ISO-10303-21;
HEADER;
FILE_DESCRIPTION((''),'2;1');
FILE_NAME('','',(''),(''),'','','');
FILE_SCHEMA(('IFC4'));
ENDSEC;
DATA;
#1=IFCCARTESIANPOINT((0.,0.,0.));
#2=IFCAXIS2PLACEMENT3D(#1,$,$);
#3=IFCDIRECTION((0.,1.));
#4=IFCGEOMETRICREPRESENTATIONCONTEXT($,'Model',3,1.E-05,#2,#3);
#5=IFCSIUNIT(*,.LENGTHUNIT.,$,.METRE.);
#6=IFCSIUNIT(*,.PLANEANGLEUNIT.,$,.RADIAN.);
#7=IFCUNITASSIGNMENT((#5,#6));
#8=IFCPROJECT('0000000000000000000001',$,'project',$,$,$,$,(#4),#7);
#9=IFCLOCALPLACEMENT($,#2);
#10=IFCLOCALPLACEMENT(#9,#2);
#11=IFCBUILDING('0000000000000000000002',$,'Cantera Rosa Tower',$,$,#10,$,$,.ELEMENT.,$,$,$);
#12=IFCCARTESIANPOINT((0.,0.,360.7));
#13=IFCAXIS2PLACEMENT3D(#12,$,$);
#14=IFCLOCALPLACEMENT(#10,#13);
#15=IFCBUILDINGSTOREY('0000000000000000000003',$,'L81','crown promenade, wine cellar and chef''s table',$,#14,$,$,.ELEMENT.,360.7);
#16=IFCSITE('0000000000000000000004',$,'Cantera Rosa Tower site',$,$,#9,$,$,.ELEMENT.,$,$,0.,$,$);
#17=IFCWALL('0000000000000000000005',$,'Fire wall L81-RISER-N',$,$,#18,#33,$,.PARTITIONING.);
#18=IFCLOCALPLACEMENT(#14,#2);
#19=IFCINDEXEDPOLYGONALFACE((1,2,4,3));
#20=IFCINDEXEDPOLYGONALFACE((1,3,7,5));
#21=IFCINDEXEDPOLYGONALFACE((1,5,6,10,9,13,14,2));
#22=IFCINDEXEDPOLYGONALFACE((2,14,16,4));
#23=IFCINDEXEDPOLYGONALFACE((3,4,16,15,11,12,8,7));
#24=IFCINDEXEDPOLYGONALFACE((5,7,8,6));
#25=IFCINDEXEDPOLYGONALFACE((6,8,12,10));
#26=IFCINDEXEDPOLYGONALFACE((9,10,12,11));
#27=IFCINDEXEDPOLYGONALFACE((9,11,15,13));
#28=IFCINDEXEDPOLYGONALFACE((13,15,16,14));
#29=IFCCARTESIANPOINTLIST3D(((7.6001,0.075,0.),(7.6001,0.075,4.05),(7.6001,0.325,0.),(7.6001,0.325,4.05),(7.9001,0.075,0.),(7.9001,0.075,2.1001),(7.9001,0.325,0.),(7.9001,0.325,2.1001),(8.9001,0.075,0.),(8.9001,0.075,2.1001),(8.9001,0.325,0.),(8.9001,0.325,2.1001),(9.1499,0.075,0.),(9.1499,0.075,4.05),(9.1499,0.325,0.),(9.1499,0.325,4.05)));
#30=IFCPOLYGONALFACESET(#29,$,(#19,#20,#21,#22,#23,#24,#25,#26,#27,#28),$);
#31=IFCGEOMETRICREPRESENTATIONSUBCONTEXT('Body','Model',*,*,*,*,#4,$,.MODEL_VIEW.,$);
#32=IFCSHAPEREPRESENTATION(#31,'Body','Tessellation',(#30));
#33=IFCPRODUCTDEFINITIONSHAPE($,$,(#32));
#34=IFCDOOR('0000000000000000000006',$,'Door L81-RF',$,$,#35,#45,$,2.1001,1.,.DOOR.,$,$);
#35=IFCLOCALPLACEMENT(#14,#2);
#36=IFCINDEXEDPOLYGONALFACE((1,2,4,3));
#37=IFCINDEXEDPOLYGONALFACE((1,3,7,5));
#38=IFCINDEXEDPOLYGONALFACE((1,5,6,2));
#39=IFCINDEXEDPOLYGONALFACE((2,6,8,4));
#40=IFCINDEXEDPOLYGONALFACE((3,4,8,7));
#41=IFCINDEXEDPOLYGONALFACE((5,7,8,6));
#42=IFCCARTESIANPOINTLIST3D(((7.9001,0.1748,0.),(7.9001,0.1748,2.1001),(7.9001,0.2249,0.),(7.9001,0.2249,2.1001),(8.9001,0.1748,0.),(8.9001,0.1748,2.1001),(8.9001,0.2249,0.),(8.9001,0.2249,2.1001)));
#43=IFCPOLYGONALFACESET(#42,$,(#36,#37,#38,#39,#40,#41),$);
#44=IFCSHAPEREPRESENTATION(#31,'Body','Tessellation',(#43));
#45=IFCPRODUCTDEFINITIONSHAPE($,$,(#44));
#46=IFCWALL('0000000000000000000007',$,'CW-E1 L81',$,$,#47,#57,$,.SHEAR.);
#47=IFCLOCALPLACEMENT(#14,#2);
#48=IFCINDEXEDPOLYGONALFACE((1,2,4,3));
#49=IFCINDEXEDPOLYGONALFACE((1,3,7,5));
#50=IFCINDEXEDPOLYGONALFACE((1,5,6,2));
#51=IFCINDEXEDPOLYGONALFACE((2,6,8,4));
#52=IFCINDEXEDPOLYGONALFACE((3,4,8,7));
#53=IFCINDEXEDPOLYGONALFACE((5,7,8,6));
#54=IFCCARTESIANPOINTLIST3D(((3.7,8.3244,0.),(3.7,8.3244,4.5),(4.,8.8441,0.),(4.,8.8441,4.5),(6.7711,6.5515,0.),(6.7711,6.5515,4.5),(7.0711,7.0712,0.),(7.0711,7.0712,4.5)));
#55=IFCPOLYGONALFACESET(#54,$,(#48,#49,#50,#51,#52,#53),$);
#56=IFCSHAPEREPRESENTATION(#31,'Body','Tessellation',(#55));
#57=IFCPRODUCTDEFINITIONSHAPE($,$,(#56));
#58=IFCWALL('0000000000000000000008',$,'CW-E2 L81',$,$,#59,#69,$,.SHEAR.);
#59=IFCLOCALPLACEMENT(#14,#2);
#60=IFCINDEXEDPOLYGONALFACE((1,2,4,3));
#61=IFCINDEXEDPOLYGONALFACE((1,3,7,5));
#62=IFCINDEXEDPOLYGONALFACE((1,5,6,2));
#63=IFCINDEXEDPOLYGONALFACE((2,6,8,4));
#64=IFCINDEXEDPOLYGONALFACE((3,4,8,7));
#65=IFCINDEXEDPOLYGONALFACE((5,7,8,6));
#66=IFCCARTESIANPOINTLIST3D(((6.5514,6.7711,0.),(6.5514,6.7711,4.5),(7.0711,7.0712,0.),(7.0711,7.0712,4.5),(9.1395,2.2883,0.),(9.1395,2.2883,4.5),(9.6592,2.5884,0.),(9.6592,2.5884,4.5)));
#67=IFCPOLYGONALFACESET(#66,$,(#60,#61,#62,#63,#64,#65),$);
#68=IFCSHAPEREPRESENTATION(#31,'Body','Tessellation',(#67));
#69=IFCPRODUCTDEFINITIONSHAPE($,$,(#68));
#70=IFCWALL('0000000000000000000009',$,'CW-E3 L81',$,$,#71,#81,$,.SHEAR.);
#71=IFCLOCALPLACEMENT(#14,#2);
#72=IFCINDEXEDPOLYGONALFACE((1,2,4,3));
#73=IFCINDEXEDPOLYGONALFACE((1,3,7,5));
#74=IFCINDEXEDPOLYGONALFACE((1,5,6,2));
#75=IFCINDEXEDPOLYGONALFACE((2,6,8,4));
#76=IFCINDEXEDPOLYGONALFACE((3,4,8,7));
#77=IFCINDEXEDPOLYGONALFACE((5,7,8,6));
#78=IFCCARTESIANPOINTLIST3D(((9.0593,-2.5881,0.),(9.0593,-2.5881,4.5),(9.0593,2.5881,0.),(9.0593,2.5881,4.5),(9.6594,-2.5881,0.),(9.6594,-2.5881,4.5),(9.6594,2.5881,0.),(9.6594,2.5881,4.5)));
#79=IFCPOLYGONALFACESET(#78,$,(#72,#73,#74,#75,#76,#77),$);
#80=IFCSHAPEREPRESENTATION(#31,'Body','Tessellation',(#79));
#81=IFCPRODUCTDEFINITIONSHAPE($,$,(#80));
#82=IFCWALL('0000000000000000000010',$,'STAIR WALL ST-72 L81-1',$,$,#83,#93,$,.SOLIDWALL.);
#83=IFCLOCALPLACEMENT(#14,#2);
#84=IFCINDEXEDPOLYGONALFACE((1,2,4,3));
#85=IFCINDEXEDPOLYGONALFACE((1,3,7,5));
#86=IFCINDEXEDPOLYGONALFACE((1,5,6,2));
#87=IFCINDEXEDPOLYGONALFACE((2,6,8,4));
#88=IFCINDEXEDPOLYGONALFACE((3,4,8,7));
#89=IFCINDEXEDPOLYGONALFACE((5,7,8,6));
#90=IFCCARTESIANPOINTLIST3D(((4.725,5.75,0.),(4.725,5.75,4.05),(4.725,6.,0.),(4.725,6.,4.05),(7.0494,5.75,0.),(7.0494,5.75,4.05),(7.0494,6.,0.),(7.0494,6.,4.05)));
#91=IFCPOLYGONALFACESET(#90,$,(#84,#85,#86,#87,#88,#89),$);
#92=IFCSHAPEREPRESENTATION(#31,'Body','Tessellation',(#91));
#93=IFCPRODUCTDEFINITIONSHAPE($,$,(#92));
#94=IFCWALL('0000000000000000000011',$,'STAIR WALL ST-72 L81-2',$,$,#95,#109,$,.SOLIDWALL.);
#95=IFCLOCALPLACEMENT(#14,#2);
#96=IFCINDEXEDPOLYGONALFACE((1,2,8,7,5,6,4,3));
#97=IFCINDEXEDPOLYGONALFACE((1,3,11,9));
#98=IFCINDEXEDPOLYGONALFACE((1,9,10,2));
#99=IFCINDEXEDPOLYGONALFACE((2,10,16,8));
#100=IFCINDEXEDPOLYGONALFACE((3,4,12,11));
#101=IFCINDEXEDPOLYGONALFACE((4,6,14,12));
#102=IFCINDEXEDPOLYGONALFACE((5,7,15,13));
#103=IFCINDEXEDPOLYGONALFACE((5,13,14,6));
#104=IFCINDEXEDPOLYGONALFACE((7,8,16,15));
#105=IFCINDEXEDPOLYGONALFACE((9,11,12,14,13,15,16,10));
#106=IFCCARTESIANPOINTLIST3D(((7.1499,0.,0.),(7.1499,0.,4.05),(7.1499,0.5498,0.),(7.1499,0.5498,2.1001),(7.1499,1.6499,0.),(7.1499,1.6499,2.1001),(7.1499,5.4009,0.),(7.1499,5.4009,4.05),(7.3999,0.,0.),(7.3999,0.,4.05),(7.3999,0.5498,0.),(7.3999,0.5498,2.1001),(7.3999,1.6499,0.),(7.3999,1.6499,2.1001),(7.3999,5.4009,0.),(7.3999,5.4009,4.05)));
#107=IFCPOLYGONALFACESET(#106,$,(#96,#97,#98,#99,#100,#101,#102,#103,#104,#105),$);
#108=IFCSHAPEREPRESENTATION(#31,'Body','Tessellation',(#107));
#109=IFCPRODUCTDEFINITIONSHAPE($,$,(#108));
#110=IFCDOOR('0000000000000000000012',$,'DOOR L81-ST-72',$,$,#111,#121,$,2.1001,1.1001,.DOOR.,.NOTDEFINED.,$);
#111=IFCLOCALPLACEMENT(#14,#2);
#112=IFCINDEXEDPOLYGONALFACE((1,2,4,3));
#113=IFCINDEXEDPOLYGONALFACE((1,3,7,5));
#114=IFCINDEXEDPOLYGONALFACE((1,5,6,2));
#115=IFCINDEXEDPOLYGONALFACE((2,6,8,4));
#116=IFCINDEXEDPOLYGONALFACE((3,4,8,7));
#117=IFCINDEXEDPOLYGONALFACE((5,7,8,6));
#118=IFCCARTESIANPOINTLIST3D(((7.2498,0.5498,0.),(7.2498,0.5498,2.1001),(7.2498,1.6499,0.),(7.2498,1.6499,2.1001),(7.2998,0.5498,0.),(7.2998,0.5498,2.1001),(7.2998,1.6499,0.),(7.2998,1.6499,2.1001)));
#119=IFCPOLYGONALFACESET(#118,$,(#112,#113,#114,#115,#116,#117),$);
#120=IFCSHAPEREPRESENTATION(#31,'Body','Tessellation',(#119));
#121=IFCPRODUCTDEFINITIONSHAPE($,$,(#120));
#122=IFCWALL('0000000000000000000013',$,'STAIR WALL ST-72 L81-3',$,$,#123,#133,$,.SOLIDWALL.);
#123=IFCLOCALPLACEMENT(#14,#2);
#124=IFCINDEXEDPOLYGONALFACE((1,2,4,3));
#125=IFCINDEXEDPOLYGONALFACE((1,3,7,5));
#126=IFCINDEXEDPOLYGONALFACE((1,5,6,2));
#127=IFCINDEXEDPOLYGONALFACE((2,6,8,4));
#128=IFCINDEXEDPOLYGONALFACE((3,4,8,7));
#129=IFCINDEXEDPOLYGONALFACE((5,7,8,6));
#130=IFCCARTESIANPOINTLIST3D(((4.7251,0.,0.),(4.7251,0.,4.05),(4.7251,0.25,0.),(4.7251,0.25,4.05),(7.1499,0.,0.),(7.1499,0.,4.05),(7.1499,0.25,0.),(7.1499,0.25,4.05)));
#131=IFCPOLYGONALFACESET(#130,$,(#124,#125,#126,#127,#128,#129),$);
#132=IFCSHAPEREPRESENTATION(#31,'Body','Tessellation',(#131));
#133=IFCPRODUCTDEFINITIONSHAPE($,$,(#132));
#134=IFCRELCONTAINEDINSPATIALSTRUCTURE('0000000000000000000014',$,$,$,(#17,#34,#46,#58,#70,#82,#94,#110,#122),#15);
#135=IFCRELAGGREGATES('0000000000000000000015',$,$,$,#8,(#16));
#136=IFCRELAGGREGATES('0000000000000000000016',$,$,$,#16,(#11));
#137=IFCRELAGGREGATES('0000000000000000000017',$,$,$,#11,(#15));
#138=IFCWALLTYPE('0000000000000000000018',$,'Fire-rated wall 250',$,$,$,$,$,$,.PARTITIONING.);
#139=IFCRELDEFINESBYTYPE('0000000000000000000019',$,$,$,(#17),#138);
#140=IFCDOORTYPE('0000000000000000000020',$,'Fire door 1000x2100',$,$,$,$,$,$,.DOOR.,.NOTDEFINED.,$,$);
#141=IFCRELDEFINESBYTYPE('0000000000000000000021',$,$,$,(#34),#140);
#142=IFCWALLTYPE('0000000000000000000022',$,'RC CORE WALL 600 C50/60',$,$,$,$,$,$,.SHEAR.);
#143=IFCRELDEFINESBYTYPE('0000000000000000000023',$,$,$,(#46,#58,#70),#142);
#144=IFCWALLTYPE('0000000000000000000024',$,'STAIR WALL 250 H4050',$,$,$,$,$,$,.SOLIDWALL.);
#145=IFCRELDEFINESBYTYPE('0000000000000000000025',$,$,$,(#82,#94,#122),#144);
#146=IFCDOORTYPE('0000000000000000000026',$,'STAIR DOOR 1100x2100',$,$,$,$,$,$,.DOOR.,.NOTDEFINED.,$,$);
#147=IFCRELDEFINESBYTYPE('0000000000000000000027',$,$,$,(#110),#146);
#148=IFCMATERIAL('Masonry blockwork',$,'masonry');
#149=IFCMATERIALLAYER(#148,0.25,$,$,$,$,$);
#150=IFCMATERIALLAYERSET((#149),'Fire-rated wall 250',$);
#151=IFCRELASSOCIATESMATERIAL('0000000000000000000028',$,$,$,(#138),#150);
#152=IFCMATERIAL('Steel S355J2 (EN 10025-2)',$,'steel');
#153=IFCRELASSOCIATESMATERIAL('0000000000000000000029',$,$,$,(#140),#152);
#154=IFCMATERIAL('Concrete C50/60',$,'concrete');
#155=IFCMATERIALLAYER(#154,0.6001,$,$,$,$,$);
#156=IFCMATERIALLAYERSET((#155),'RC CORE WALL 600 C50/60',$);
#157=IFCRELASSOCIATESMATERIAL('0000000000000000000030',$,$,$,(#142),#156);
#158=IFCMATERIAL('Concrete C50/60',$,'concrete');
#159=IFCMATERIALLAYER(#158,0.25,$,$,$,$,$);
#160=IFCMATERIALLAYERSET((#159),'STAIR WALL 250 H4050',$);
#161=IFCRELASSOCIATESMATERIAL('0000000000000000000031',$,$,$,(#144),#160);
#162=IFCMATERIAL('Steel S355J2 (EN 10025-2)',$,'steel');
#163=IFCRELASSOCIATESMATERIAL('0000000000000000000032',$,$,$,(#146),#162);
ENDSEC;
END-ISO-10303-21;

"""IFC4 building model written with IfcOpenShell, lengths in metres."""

from ifc_helpers import new_model, si_unit, direction, frame, frame_2d, origin, place, context, subcontext, project, spatial, rectangle, extrude, material, layer, layer_set, type_object, element, fill, save


model = new_model("IFC4")

# Units and contexts
model_context = context("Model", 3, precision=1e-05, world=origin(), true_north=direction((0.0, 1.0)))
body_context = subcontext(model_context, "Body", "Model", "MODEL_VIEW")
ifc_project = project(units=[si_unit("LENGTHUNIT", "METRE"), si_unit("PLANEANGLEUNIT", "RADIAN")], contexts=[model_context])

# Site, building, storey
site_placement = place(None, origin())
site = spatial("IfcSite", under=ifc_project, at=site_placement, Name="Cantera Rosa Tower site", CompositionType="ELEMENT", RefElevation=0.0)
building_placement = place(site_placement, origin())
building = spatial("IfcBuilding", under=site, at=building_placement, Name="Cantera Rosa Tower", CompositionType="ELEMENT")
storey_placement = place(building_placement, frame((0.0, 0.0, 360.7)))
storey = spatial("IfcBuildingStorey", under=building, at=storey_placement, Name="L81", Description="crown promenade, wine cellar and chef's table", CompositionType="ELEMENT", Elevation=360.7)

# Shared definitions
ifc_material_1 = material(Name="Masonry blockwork", Category="masonry")
ifc_layer_1 = layer(ifc_material_1, 0.25)
ifc_layer_set_1 = layer_set([ifc_layer_1], Name="Fire-rated wall 250")
wall_type_1 = type_object("IfcWallType", Name="Fire-rated wall 250", PredefinedType="PARTITIONING", material=ifc_layer_set_1)

# Shared definitions
ifc_material_2 = material(Name="Steel S355J2 (EN 10025-2)", Category="steel")
door_type_1 = type_object("IfcDoorType", Name="Fire door 1000x2100", OperationType="NOTDEFINED", PredefinedType="DOOR", material=ifc_material_2)

# Wall, opening, door
wall_1_placement = place(storey_placement, frame((7.6001, 0.2, 0.0), z_axis=(0.0, 0.0, 1.0), x_axis=(1.0, 0.0, 0.0)))
wall_1 = element("IfcWall", 1, at=wall_1_placement, inside=storey, type_object=wall_type_1, Name="Fire wall L81-RISER-N", PredefinedType="PARTITIONING", context=body_context, shape_type="SweptSolid", body=[
    extrude(rectangle(XDim=1.5498, YDim=0.25, at=frame_2d((0.7749, 0.0))), origin(), (0.0, 0.0, 1.0), 4.05),
])
opening_1_placement = place(wall_1_placement, frame((0.3, 0.0, 0.0)))
opening_1 = element("IfcOpeningElement", 2, at=opening_1_placement, cuts=wall_1, PredefinedType="OPENING", context=body_context, shape_type="SweptSolid", body=[
    extrude(rectangle(XDim=1.0, YDim=2.1001, at=frame_2d((0.5, 1.05))), frame((0.0, 0.135, 0.0), z_axis=(0.0, -1.0, 0.0), x_axis=(1.0, 0.0, 0.0)), (0.0, 0.0, 1.0), 0.27),
])
door_1_placement = place(opening_1_placement, origin())
door_1 = element("IfcDoor", 3, at=door_1_placement, inside=storey, type_object=door_type_1, Name="Door L81-RF", OverallHeight=2.1001, OverallWidth=1.0, PredefinedType="DOOR", context=body_context, shape_type="SweptSolid", body=[
    extrude(rectangle(XDim=1.0, YDim=2.1001, at=frame_2d((0.5, 1.05))), frame((0.0, 0.0249, 0.0), z_axis=(0.0, -1.0, 0.0), x_axis=(1.0, 0.0, 0.0)), (0.0, 0.0, 1.0), 0.05),
])
fill(opening_1, door_1)

# Walls
ifc_material_3 = material(Name="Concrete C50/60", Category="concrete")
ifc_layer_2 = layer(ifc_material_3, 0.6001)
ifc_layer_set_2 = layer_set([ifc_layer_2], Name="RC CORE WALL 600 C50/60")
wall_type_2 = type_object("IfcWallType", Name="RC CORE WALL 600 C50/60", PredefinedType="SHEAR", material=ifc_layer_set_2)
wall_2_placement = place(storey_placement, frame((3.8501, 8.5842, 0.0), z_axis=(0.0, 0.0, 1.0), x_axis=(0.86604, -0.499975, 0.0)))
element("IfcWall", 4, at=wall_2_placement, inside=storey, type_object=wall_type_2, Name="CW-E1 L81", PredefinedType="SHEAR", context=body_context, shape_type="SweptSolid", body=[
    extrude(rectangle(XDim=3.5461, YDim=0.6001, at=frame_2d((1.7729, 0.0))), origin(), (0.0, 0.0, 1.0), 4.5),
])
for number, where, z_axis, x_axis, name in (
    (5, (6.8113, 6.9211, 0.0), (0.0, 0.0, 1.0), (0.499989, -0.866032, 0.0), "CW-E2 L81"),
    (6, (9.3594, 2.5881, 0.0), (0.0, 0.0, 1.0), (0.0, -1.0, 0.0), "CW-E3 L81"),
):
    element("IfcWall", number, at=place(storey_placement, frame(where, z_axis=z_axis, x_axis=x_axis)), inside=storey, type_object=wall_type_2, Name=name, PredefinedType="SHEAR", context=body_context, shape_type="SweptSolid", body=[
        extrude(rectangle(XDim=5.1763, YDim=0.6001, at=frame_2d((2.5881, 0.0))), origin(), (0.0, 0.0, 1.0), 4.5),
    ])
ifc_material_4 = material(Name="Concrete C50/60", Category="concrete")
ifc_layer_3 = layer(ifc_material_4, 0.25)
ifc_layer_set_3 = layer_set([ifc_layer_3], Name="STAIR WALL 250 H4050")
wall_type_3 = type_object("IfcWallType", Name="STAIR WALL 250 H4050", PredefinedType="SOLIDWALL", material=ifc_layer_set_3)
wall_3_placement = place(storey_placement, frame((4.7251, 5.875, 0.0), z_axis=(0.0, 0.0, 1.0), x_axis=(1.0, 0.0, 0.0)))
element("IfcWall", 7, at=wall_3_placement, inside=storey, type_object=wall_type_3, Name="STAIR WALL ST-72 L81-1", PredefinedType="SOLIDWALL", context=body_context, shape_type="SweptSolid", body=[
    extrude(rectangle(XDim=2.3245, YDim=0.25, at=frame_2d((1.1621, 0.0))), origin(), (0.0, 0.0, 1.0), 4.05),
])

# Wall, opening, door
wall_4_placement = place(storey_placement, frame((7.2749, 5.4009, 0.0), z_axis=(0.0, 0.0, 1.0), x_axis=(0.0, -1.0, 0.0)))
wall_4 = element("IfcWall", 8, at=wall_4_placement, inside=storey, type_object=wall_type_3, Name="STAIR WALL ST-72 L81-2", PredefinedType="SOLIDWALL", context=body_context, shape_type="SweptSolid", body=[
    extrude(rectangle(XDim=5.4009, YDim=0.25, at=frame_2d((2.7004, 0.0))), origin(), (0.0, 0.0, 1.0), 4.05),
])
opening_2_placement = place(wall_4_placement, frame((3.751, 0.0, 0.0)))
opening_2 = element("IfcOpeningElement", 9, at=opening_2_placement, cuts=wall_4, PredefinedType="OPENING", context=body_context, shape_type="SweptSolid", body=[
    extrude(rectangle(XDim=1.1001, YDim=2.1001, at=frame_2d((0.55, 1.05))), frame((0.0, 0.135, 0.0), z_axis=(0.0, -1.0, 0.0), x_axis=(1.0, 0.0, 0.0)), (0.0, 0.0, 1.0), 0.27),
])
ifc_material_5 = material(Name="Steel S355J2 (EN 10025-2)", Category="steel")
door_type_2 = type_object("IfcDoorType", Name="STAIR DOOR 1100x2100", OperationType="NOTDEFINED", PredefinedType="DOOR", material=ifc_material_5)
door_2_placement = place(opening_2_placement, origin())
door_2 = element("IfcDoor", 10, at=door_2_placement, inside=storey, type_object=door_type_2, Name="DOOR L81-ST-72", OperationType="NOTDEFINED", OverallHeight=2.1001, OverallWidth=1.1001, PredefinedType="DOOR", context=body_context, shape_type="SweptSolid", body=[
    extrude(rectangle(XDim=1.1001, YDim=2.1001, at=frame_2d((0.55, 1.05))), frame((0.0, 0.0249, 0.0), z_axis=(0.0, -1.0, 0.0), x_axis=(1.0, 0.0, 0.0)), (0.0, 0.0, 1.0), 0.05),
])
fill(opening_2, door_2)

# Wall
wall_5_placement = place(storey_placement, frame((7.1499, 0.125, 0.0), z_axis=(0.0, 0.0, 1.0), x_axis=(-1.0, 0.0, 0.0)))
element("IfcWall", 11, at=wall_5_placement, inside=storey, type_object=wall_type_3, Name="STAIR WALL ST-72 L81-3", PredefinedType="SOLIDWALL", context=body_context, shape_type="SweptSolid", body=[
    extrude(rectangle(XDim=2.4248, YDim=0.25, at=frame_2d((1.2124, 0.0))), origin(), (0.0, 0.0, 1.0), 4.05),
])

save(model, "model.ifc")
